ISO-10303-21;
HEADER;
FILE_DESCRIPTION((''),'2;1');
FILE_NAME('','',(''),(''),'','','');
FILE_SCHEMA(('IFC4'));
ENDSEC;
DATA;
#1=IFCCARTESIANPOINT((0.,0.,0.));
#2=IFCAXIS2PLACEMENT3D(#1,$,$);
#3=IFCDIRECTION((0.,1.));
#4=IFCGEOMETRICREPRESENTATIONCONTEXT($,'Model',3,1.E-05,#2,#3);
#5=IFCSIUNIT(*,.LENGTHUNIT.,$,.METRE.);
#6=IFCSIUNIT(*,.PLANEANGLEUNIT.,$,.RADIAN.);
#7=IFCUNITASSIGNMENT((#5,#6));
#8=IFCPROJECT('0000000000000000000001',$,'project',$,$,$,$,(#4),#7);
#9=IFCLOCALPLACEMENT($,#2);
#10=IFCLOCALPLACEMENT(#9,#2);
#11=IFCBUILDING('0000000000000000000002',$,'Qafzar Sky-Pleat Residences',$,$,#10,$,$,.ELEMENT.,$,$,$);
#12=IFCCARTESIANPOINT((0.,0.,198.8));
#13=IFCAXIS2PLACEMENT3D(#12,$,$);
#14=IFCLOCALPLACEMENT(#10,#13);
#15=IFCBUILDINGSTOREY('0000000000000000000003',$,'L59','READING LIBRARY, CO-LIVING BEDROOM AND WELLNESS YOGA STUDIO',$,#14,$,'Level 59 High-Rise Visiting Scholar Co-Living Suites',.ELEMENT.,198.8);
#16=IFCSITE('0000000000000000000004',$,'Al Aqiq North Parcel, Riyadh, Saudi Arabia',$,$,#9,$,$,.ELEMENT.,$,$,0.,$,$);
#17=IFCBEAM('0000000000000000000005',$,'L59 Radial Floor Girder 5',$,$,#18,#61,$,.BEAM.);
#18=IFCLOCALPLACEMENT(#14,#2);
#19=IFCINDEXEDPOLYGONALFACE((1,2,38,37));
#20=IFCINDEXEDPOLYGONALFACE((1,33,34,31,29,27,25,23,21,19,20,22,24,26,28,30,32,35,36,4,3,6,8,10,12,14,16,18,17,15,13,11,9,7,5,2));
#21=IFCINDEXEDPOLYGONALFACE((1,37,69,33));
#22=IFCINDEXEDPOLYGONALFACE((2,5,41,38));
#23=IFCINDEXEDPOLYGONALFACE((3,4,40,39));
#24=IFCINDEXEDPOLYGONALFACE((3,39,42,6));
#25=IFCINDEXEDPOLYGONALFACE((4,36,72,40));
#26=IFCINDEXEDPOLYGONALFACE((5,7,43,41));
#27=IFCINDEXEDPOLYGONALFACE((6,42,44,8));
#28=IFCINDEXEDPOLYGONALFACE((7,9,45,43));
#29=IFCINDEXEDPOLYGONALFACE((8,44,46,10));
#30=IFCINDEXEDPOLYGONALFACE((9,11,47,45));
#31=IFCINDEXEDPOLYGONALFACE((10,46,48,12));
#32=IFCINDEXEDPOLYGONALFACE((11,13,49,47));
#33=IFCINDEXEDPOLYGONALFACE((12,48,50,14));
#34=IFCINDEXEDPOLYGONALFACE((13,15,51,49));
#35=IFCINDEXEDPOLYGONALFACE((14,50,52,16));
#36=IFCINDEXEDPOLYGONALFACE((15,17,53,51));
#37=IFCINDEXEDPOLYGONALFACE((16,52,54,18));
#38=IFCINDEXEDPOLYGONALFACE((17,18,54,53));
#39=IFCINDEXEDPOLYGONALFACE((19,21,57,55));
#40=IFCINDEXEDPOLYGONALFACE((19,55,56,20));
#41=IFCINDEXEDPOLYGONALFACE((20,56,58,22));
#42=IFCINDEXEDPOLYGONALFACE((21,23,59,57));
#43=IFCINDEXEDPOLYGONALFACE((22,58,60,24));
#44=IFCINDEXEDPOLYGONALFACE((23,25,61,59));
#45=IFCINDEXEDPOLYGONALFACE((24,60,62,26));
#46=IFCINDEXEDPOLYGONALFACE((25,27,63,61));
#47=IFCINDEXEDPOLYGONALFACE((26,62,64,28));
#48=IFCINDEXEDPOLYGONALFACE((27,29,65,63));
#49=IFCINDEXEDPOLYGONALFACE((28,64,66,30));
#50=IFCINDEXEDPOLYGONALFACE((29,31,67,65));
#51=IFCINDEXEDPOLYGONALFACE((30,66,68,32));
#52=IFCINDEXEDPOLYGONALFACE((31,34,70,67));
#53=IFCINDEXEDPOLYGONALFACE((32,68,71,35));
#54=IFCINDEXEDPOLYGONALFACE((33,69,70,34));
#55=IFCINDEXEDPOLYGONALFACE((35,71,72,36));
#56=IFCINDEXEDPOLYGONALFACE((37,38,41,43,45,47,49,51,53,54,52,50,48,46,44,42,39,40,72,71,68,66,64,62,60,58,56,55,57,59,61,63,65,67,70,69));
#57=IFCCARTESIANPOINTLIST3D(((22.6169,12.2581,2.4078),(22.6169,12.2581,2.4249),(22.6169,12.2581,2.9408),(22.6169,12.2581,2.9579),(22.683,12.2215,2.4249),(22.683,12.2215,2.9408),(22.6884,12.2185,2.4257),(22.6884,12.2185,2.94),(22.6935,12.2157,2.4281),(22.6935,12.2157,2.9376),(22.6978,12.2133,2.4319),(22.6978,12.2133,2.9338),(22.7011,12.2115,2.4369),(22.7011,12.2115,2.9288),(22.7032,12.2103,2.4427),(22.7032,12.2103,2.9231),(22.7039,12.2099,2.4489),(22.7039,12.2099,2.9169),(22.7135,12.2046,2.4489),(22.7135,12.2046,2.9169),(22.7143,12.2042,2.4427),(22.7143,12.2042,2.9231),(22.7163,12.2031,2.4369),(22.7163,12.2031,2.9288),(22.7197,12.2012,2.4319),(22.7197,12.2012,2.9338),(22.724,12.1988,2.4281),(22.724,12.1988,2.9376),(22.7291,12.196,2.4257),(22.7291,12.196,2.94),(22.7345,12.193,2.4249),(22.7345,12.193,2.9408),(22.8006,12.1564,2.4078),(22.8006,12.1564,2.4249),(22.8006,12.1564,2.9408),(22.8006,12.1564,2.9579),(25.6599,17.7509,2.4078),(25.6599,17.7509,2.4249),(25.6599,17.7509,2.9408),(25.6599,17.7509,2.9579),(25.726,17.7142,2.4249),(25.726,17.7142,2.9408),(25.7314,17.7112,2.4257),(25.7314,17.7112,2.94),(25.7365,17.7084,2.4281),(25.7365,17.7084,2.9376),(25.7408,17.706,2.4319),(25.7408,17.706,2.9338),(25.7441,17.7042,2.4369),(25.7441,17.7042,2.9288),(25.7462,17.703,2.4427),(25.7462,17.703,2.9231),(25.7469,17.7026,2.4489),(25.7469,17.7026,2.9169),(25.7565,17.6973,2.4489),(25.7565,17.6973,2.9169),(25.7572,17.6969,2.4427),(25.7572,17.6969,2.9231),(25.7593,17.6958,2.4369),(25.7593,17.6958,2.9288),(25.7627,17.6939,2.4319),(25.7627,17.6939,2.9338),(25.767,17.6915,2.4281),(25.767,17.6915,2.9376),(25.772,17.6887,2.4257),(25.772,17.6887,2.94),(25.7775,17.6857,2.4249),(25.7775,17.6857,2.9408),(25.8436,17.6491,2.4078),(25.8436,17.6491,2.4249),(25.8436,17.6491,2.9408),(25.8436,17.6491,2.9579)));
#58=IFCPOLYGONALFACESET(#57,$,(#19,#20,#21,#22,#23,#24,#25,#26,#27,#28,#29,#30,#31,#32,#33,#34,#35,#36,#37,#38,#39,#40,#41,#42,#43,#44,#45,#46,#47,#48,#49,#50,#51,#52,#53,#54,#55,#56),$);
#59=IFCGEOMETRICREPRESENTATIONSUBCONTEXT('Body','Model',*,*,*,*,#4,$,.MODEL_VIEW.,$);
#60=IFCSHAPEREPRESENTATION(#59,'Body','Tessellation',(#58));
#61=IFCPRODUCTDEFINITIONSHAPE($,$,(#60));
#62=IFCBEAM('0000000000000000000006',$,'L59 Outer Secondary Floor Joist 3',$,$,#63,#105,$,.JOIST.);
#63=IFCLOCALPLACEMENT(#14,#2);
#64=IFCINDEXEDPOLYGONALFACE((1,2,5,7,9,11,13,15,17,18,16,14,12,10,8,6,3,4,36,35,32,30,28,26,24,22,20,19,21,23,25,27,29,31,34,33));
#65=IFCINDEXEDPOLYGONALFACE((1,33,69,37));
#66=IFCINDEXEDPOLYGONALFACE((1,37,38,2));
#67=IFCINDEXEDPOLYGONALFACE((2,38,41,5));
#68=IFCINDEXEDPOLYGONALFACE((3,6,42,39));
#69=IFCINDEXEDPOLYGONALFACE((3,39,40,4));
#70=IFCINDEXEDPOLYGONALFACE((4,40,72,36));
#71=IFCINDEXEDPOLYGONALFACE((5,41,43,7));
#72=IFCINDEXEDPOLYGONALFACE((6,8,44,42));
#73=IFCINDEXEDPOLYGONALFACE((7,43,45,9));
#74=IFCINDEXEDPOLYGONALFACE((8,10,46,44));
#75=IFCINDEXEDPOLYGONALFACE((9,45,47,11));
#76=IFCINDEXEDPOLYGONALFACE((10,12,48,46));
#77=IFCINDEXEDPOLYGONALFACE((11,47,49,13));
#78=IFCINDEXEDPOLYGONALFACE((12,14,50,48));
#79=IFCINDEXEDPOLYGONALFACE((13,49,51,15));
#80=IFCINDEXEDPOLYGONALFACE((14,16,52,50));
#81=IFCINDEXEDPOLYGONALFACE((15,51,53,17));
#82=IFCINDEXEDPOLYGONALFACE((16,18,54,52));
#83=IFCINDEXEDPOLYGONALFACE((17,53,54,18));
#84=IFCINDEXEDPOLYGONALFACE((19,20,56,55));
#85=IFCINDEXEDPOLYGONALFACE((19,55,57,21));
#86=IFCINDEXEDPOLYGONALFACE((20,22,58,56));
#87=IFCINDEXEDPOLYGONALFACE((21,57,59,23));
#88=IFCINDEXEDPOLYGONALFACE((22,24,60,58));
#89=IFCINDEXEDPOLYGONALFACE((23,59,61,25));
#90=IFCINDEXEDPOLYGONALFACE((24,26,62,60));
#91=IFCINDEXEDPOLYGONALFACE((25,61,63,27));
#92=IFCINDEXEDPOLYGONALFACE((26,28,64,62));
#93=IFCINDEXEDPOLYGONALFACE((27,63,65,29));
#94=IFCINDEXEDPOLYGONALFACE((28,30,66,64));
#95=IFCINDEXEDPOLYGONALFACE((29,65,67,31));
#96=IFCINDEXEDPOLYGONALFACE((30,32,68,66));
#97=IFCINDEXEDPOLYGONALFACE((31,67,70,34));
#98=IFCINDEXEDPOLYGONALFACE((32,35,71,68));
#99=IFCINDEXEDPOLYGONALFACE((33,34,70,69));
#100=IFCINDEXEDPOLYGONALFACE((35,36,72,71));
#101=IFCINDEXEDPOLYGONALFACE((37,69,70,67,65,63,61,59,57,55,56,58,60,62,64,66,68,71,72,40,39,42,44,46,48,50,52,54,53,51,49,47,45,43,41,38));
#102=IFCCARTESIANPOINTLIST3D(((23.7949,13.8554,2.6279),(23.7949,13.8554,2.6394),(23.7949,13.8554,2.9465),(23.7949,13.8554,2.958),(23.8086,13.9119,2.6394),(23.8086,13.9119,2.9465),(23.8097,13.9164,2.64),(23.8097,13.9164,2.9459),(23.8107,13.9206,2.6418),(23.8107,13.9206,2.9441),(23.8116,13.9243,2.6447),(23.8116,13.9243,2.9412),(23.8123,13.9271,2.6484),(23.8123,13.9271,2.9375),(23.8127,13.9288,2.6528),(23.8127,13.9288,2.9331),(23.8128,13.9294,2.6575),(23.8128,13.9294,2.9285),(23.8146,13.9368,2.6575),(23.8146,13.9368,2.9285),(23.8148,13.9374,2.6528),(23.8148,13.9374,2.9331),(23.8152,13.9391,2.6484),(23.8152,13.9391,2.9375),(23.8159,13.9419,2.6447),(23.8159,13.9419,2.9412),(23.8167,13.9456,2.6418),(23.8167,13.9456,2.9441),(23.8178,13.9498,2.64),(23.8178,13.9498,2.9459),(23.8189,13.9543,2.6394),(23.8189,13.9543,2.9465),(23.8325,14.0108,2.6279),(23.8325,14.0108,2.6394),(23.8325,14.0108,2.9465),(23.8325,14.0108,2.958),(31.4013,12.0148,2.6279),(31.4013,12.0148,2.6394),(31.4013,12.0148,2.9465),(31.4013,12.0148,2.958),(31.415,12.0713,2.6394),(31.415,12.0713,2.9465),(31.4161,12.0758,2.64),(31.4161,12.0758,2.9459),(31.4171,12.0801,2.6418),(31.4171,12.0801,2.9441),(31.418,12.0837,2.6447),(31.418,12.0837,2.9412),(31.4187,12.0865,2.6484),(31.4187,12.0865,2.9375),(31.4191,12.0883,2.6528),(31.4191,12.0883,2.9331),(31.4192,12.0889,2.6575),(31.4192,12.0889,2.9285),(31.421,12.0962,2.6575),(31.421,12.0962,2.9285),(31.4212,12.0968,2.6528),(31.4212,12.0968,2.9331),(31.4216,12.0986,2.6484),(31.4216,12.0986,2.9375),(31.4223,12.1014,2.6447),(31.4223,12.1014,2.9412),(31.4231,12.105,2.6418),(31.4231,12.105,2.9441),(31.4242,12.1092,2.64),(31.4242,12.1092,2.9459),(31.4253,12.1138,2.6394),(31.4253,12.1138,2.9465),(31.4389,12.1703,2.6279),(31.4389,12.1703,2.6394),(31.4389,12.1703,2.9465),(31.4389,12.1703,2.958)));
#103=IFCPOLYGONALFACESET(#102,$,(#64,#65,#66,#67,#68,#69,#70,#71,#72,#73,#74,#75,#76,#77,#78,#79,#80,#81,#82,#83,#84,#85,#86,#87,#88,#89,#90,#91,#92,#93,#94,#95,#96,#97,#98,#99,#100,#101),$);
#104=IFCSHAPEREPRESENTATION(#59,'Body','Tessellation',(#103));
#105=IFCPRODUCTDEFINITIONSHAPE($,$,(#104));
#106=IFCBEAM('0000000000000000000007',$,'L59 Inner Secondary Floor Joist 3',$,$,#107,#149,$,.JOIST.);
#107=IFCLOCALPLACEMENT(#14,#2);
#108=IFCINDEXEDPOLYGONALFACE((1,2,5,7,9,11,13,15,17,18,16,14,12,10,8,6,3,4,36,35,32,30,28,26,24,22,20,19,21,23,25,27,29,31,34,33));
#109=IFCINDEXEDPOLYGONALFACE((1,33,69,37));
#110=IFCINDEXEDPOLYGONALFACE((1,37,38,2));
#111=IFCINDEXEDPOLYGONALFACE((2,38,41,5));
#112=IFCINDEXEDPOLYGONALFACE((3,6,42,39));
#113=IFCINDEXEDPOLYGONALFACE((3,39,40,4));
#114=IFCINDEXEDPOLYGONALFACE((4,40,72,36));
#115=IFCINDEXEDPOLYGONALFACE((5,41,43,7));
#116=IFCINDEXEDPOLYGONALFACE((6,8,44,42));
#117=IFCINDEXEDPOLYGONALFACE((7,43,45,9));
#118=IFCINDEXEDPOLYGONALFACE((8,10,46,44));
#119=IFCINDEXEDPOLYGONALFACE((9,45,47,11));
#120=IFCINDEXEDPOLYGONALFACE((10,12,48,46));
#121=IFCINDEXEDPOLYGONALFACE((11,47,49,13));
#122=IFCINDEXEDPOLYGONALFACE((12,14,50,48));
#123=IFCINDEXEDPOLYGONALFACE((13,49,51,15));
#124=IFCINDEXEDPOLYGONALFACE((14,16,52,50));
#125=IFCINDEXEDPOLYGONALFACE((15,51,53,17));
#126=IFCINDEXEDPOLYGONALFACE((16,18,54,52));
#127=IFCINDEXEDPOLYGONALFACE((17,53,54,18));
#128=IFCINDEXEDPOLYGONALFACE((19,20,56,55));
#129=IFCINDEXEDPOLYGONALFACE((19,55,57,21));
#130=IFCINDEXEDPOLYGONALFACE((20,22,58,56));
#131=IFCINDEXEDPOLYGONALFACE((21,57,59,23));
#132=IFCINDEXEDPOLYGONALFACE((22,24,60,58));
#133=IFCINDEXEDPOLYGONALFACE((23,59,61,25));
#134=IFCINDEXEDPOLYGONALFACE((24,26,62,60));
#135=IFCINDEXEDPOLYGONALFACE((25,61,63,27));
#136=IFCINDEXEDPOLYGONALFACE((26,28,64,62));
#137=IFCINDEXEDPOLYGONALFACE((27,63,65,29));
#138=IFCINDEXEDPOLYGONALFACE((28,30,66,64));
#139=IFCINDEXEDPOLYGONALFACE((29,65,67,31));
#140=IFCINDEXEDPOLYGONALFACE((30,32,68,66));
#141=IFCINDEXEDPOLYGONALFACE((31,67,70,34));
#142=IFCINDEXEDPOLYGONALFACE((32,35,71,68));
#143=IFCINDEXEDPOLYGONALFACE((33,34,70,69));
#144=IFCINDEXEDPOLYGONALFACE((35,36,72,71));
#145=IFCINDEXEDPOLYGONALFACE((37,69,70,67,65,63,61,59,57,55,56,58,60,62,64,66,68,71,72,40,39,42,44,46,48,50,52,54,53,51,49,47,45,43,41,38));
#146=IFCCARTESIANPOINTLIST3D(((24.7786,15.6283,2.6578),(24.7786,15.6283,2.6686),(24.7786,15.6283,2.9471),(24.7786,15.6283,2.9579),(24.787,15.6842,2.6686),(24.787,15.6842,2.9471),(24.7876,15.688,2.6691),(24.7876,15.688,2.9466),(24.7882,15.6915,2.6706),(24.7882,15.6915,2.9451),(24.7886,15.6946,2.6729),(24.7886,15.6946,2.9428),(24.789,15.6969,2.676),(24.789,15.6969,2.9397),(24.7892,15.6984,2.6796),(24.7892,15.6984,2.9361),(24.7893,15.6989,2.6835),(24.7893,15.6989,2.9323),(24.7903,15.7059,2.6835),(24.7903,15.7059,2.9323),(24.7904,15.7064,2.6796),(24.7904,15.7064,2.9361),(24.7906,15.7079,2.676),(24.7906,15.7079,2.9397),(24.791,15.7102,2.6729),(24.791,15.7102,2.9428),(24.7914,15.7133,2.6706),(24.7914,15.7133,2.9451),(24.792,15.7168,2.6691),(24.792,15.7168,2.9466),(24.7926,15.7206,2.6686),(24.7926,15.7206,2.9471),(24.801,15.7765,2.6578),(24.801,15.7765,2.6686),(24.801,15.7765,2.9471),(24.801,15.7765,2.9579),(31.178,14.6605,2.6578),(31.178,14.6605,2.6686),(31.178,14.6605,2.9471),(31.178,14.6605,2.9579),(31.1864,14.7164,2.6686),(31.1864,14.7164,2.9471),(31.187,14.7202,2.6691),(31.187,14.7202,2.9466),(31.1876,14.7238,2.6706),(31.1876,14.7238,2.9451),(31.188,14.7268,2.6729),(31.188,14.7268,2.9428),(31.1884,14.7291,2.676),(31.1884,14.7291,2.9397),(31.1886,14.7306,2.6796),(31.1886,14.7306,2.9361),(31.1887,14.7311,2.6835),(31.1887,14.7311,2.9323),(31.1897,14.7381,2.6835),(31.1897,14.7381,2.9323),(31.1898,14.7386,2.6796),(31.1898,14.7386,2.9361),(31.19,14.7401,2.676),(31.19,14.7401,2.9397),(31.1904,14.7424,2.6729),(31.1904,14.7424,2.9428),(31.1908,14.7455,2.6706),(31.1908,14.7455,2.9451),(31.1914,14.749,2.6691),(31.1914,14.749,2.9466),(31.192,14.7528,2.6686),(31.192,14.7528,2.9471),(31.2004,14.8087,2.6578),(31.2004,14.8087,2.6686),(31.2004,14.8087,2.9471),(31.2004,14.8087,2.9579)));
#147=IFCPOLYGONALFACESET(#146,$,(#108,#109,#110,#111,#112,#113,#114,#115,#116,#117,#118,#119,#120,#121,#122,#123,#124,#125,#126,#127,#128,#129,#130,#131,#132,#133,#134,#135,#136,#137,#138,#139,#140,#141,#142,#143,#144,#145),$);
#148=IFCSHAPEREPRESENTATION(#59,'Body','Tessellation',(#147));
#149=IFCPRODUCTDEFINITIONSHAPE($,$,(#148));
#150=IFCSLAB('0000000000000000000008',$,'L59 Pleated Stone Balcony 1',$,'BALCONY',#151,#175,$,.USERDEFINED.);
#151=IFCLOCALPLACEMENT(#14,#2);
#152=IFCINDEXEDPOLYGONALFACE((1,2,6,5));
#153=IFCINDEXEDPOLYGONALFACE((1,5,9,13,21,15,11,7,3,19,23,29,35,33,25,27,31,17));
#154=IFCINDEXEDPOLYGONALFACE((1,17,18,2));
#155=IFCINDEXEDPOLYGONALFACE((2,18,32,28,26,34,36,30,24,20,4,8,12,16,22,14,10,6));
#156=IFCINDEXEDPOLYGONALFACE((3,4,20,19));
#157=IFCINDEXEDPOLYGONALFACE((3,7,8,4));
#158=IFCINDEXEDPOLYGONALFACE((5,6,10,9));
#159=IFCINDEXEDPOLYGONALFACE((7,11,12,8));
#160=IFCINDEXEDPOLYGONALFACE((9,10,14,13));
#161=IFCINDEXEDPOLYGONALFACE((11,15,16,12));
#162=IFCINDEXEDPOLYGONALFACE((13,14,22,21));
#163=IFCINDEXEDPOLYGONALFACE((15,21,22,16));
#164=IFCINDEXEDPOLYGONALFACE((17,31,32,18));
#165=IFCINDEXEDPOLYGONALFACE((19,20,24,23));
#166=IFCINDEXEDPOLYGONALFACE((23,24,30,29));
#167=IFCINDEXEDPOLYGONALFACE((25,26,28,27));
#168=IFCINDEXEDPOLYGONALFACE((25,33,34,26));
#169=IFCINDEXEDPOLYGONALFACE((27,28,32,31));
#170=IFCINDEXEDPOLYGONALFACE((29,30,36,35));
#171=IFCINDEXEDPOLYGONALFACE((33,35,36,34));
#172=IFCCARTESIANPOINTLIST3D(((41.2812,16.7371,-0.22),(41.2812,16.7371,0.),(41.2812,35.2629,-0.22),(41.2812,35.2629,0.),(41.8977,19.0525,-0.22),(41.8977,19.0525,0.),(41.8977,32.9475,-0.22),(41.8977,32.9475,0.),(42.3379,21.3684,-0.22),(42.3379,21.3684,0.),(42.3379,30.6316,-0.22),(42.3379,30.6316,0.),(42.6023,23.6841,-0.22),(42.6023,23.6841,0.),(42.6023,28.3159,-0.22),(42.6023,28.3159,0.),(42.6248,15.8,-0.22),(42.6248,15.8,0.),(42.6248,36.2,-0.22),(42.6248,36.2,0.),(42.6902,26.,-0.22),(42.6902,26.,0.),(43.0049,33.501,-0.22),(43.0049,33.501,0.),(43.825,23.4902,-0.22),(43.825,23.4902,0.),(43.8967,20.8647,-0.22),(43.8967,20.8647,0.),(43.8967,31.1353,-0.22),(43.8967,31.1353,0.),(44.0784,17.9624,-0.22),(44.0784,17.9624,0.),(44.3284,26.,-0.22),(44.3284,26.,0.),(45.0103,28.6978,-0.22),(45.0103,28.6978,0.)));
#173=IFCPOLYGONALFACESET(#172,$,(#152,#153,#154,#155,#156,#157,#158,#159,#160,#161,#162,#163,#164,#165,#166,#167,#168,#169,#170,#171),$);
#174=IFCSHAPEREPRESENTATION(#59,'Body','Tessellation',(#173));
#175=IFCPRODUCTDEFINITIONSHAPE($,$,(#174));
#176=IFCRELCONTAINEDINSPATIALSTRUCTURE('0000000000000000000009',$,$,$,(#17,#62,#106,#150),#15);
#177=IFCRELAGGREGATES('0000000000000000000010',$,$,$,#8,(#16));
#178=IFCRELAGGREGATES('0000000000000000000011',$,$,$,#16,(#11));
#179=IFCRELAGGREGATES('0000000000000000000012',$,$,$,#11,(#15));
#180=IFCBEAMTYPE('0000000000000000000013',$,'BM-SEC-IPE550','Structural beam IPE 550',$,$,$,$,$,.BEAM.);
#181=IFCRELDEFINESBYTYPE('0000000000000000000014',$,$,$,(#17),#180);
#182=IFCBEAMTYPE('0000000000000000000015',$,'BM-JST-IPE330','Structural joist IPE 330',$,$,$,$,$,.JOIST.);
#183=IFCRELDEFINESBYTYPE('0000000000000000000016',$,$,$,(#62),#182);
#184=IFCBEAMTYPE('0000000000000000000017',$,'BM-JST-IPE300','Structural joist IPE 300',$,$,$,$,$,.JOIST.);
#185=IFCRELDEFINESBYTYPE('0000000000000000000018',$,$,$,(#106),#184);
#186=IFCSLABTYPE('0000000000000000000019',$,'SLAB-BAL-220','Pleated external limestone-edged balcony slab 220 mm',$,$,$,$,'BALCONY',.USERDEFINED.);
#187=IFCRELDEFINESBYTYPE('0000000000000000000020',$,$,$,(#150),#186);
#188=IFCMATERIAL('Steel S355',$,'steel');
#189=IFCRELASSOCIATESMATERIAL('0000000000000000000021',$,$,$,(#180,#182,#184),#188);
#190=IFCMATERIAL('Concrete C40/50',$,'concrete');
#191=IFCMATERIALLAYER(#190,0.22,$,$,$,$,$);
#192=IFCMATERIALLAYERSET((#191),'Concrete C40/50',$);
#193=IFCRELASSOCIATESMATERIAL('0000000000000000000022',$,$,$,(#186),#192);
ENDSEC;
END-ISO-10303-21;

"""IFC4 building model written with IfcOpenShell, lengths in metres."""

from ifc_helpers import new_model, si_unit, direction, frame, origin, origin_2d, place, context, subcontext, project, spatial, polyline, i_section, outline, extrude, source, transform, mapped, material, layer, layer_set, material_profile, profile_set, type_object, element, save


model = new_model("IFC4")

# Units and contexts
model_context = context("Model", 3, precision=1e-05, world=origin(), true_north=direction((0.0, 1.0)))
body_context = subcontext(model_context, "Body", "Model", "MODEL_VIEW")
ifc_project = project(units=[si_unit("LENGTHUNIT", "METRE"), si_unit("PLANEANGLEUNIT", "RADIAN")], contexts=[model_context])

# Site, building, storey
site_placement = place(None, origin())
site = spatial("IfcSite", under=ifc_project, at=site_placement, Name="Al Aqiq North Parcel, Riyadh, Saudi Arabia", CompositionType="ELEMENT", RefElevation=0.0)
building_placement = place(site_placement, origin())
building = spatial("IfcBuilding", under=site, at=building_placement, Name="Qafzar Sky-Pleat Residences", CompositionType="ELEMENT")
storey_placement = place(building_placement, frame((0.0, 0.0, 198.8)))
storey = spatial("IfcBuildingStorey", under=building, at=storey_placement, Name="L59", Description="READING LIBRARY, CO-LIVING BEDROOM AND WELLNESS YOGA STUDIO", LongName="Level 59 High-Rise Visiting Scholar Co-Living Suites", CompositionType="ELEMENT", Elevation=198.8)

# Shared definitions
ifc_material_1 = material(Name="Steel S355", Category="steel")

# Beams
ifc_material_profile_1 = material_profile(ifc_material_1, i_section(OverallWidth=0.21, OverallDepth=0.55, WebThickness=0.011, FlangeThickness=0.0171, FilletRadius=0.0239, at=origin_2d()), Name="IPE 550")
ifc_profile_set_1 = profile_set([ifc_material_profile_1], Name="Steel S355")
beam_type_1 = type_object("IfcBeamType", Name="BM-SEC-IPE550", Description="Structural beam IPE 550", PredefinedType="BEAM", material=ifc_profile_set_1)
shared_shape_1 = source(origin(), body_context, "Body", "SweptSolid", [
    extrude(i_section(OverallWidth=0.21, OverallDepth=0.55, WebThickness=0.011, FlangeThickness=0.0171, FilletRadius=0.0239, at=origin_2d()), origin(), (0.0, 0.0, 1.0), 6.2793),
])
beam_1_placement = place(storey_placement, frame((22.7087, 12.2073, 2.6829), z_axis=(0.484606, 0.874733, 0.0), x_axis=(-0.874733, 0.484606, 0.0)))
element("IfcBeam", 1, at=beam_1_placement, inside=storey, type_object=beam_type_1, Name="L59 Radial Floor Girder 5", PredefinedType="BEAM", context=body_context, shape_type="MappedRepresentation", body=[
    mapped(shared_shape_1, transform((0.0, 0.0, 0.0), x_axis=(1.0, 0.0, 0.0), y_axis=(0.0, 1.0, 0.0), z_axis=(0.0, 0.0, 1.0), scale=1.0)),
])
ifc_material_profile_2 = material_profile(ifc_material_1, i_section(OverallWidth=0.1599, OverallDepth=0.3301, WebThickness=0.0076, FlangeThickness=0.0115, FilletRadius=0.0181, at=origin_2d()), Name="IPE 330")
ifc_profile_set_2 = profile_set([ifc_material_profile_2], Name="Steel S355")
beam_type_2 = type_object("IfcBeamType", Name="BM-JST-IPE330", Description="Structural joist IPE 330", PredefinedType="JOIST", material=ifc_profile_set_2)
shared_shape_2 = source(origin(), body_context, "Body", "SweptSolid", [
    extrude(i_section(OverallWidth=0.1599, OverallDepth=0.3301, WebThickness=0.0076, FlangeThickness=0.0115, FilletRadius=0.0181, at=origin_2d()), origin(), (0.0, 0.0, 1.0), 7.8259),
])
beam_2_placement = place(storey_placement, frame((23.8137, 13.9331, 2.793), z_axis=(0.97195, -0.235188, 0.0), x_axis=(0.235188, 0.97195, 0.0)))
element("IfcBeam", 2, at=beam_2_placement, inside=storey, type_object=beam_type_2, Name="L59 Outer Secondary Floor Joist 3", PredefinedType="JOIST", context=body_context, shape_type="MappedRepresentation", body=[
    mapped(shared_shape_2, transform((0.0, 0.0, 0.0), x_axis=(1.0, 0.0, 0.0), y_axis=(0.0, 1.0, 0.0), z_axis=(0.0, 0.0, 1.0), scale=1.0)),
])
ifc_material_profile_3 = material_profile(ifc_material_1, i_section(OverallWidth=0.1499, OverallDepth=0.3, WebThickness=0.0071, FlangeThickness=0.0107, FilletRadius=0.0149, at=origin_2d()), Name="IPE 300")
ifc_profile_set_3 = profile_set([ifc_material_profile_3], Name="Steel S355")
beam_type_3 = type_object("IfcBeamType", Name="BM-JST-IPE300", Description="Structural joist IPE 300", PredefinedType="JOIST", material=ifc_profile_set_3)
shared_shape_3 = source(origin(), body_context, "Body", "SweptSolid", [
    extrude(i_section(OverallWidth=0.1499, OverallDepth=0.3, WebThickness=0.0071, FlangeThickness=0.0107, FilletRadius=0.0149, at=origin_2d()), origin(), (0.0, 0.0, 1.0), 6.4722),
])
beam_3_placement = place(storey_placement, frame((24.7898, 15.7024, 2.8079), z_axis=(0.988757, -0.149528, 0.0), x_axis=(0.149528, 0.988757, 0.0)))
element("IfcBeam", 3, at=beam_3_placement, inside=storey, type_object=beam_type_3, Name="L59 Inner Secondary Floor Joist 3", PredefinedType="JOIST", context=body_context, shape_type="MappedRepresentation", body=[
    mapped(shared_shape_3, transform((0.0, 0.0, 0.0), x_axis=(1.0, 0.0, 0.0), y_axis=(0.0, 1.0, 0.0), z_axis=(0.0, 0.0, 1.0), scale=1.0)),
])

# Slab
ifc_material_2 = material(Name="Concrete C40/50", Category="concrete")
ifc_layer_1 = layer(ifc_material_2, 0.22)
ifc_layer_set_1 = layer_set([ifc_layer_1], Name="Concrete C40/50")
slab_type_1 = type_object("IfcSlabType", Name="SLAB-BAL-220", Description="Pleated external limestone-edged balcony slab 220 mm", ElementType="BALCONY", PredefinedType="USERDEFINED", material=ifc_layer_set_1)
slab_1_placement = place(storey_placement, frame((0.0, 0.0, -0.22)))
element("IfcSlab", 4, at=slab_1_placement, inside=storey, type_object=slab_type_1, Name="L59 Pleated Stone Balcony 1", ObjectType="BALCONY", PredefinedType="USERDEFINED", context=body_context, shape_type="SweptSolid", body=[
    extrude(outline(polyline([(41.8977, 19.0525), (42.3379, 21.3684), (42.6023, 23.6841), (42.6902, 26.0), (42.6023, 28.3159), (42.3379, 30.6316), (41.8977, 32.9475), (41.2812, 35.2629), (42.6248, 36.2), (43.0049, 33.501), (43.8967, 31.1353), (45.0103, 28.6978), (44.3284, 26.0), (43.825, 23.4902), (43.8967, 20.8647), (44.0784, 17.9624), (42.6248, 15.8), (41.2812, 16.7371), (41.8977, 19.0525)])), origin(), (0.0, 0.0, 1.0), 0.22),
])

save(model, "model.ifc")
